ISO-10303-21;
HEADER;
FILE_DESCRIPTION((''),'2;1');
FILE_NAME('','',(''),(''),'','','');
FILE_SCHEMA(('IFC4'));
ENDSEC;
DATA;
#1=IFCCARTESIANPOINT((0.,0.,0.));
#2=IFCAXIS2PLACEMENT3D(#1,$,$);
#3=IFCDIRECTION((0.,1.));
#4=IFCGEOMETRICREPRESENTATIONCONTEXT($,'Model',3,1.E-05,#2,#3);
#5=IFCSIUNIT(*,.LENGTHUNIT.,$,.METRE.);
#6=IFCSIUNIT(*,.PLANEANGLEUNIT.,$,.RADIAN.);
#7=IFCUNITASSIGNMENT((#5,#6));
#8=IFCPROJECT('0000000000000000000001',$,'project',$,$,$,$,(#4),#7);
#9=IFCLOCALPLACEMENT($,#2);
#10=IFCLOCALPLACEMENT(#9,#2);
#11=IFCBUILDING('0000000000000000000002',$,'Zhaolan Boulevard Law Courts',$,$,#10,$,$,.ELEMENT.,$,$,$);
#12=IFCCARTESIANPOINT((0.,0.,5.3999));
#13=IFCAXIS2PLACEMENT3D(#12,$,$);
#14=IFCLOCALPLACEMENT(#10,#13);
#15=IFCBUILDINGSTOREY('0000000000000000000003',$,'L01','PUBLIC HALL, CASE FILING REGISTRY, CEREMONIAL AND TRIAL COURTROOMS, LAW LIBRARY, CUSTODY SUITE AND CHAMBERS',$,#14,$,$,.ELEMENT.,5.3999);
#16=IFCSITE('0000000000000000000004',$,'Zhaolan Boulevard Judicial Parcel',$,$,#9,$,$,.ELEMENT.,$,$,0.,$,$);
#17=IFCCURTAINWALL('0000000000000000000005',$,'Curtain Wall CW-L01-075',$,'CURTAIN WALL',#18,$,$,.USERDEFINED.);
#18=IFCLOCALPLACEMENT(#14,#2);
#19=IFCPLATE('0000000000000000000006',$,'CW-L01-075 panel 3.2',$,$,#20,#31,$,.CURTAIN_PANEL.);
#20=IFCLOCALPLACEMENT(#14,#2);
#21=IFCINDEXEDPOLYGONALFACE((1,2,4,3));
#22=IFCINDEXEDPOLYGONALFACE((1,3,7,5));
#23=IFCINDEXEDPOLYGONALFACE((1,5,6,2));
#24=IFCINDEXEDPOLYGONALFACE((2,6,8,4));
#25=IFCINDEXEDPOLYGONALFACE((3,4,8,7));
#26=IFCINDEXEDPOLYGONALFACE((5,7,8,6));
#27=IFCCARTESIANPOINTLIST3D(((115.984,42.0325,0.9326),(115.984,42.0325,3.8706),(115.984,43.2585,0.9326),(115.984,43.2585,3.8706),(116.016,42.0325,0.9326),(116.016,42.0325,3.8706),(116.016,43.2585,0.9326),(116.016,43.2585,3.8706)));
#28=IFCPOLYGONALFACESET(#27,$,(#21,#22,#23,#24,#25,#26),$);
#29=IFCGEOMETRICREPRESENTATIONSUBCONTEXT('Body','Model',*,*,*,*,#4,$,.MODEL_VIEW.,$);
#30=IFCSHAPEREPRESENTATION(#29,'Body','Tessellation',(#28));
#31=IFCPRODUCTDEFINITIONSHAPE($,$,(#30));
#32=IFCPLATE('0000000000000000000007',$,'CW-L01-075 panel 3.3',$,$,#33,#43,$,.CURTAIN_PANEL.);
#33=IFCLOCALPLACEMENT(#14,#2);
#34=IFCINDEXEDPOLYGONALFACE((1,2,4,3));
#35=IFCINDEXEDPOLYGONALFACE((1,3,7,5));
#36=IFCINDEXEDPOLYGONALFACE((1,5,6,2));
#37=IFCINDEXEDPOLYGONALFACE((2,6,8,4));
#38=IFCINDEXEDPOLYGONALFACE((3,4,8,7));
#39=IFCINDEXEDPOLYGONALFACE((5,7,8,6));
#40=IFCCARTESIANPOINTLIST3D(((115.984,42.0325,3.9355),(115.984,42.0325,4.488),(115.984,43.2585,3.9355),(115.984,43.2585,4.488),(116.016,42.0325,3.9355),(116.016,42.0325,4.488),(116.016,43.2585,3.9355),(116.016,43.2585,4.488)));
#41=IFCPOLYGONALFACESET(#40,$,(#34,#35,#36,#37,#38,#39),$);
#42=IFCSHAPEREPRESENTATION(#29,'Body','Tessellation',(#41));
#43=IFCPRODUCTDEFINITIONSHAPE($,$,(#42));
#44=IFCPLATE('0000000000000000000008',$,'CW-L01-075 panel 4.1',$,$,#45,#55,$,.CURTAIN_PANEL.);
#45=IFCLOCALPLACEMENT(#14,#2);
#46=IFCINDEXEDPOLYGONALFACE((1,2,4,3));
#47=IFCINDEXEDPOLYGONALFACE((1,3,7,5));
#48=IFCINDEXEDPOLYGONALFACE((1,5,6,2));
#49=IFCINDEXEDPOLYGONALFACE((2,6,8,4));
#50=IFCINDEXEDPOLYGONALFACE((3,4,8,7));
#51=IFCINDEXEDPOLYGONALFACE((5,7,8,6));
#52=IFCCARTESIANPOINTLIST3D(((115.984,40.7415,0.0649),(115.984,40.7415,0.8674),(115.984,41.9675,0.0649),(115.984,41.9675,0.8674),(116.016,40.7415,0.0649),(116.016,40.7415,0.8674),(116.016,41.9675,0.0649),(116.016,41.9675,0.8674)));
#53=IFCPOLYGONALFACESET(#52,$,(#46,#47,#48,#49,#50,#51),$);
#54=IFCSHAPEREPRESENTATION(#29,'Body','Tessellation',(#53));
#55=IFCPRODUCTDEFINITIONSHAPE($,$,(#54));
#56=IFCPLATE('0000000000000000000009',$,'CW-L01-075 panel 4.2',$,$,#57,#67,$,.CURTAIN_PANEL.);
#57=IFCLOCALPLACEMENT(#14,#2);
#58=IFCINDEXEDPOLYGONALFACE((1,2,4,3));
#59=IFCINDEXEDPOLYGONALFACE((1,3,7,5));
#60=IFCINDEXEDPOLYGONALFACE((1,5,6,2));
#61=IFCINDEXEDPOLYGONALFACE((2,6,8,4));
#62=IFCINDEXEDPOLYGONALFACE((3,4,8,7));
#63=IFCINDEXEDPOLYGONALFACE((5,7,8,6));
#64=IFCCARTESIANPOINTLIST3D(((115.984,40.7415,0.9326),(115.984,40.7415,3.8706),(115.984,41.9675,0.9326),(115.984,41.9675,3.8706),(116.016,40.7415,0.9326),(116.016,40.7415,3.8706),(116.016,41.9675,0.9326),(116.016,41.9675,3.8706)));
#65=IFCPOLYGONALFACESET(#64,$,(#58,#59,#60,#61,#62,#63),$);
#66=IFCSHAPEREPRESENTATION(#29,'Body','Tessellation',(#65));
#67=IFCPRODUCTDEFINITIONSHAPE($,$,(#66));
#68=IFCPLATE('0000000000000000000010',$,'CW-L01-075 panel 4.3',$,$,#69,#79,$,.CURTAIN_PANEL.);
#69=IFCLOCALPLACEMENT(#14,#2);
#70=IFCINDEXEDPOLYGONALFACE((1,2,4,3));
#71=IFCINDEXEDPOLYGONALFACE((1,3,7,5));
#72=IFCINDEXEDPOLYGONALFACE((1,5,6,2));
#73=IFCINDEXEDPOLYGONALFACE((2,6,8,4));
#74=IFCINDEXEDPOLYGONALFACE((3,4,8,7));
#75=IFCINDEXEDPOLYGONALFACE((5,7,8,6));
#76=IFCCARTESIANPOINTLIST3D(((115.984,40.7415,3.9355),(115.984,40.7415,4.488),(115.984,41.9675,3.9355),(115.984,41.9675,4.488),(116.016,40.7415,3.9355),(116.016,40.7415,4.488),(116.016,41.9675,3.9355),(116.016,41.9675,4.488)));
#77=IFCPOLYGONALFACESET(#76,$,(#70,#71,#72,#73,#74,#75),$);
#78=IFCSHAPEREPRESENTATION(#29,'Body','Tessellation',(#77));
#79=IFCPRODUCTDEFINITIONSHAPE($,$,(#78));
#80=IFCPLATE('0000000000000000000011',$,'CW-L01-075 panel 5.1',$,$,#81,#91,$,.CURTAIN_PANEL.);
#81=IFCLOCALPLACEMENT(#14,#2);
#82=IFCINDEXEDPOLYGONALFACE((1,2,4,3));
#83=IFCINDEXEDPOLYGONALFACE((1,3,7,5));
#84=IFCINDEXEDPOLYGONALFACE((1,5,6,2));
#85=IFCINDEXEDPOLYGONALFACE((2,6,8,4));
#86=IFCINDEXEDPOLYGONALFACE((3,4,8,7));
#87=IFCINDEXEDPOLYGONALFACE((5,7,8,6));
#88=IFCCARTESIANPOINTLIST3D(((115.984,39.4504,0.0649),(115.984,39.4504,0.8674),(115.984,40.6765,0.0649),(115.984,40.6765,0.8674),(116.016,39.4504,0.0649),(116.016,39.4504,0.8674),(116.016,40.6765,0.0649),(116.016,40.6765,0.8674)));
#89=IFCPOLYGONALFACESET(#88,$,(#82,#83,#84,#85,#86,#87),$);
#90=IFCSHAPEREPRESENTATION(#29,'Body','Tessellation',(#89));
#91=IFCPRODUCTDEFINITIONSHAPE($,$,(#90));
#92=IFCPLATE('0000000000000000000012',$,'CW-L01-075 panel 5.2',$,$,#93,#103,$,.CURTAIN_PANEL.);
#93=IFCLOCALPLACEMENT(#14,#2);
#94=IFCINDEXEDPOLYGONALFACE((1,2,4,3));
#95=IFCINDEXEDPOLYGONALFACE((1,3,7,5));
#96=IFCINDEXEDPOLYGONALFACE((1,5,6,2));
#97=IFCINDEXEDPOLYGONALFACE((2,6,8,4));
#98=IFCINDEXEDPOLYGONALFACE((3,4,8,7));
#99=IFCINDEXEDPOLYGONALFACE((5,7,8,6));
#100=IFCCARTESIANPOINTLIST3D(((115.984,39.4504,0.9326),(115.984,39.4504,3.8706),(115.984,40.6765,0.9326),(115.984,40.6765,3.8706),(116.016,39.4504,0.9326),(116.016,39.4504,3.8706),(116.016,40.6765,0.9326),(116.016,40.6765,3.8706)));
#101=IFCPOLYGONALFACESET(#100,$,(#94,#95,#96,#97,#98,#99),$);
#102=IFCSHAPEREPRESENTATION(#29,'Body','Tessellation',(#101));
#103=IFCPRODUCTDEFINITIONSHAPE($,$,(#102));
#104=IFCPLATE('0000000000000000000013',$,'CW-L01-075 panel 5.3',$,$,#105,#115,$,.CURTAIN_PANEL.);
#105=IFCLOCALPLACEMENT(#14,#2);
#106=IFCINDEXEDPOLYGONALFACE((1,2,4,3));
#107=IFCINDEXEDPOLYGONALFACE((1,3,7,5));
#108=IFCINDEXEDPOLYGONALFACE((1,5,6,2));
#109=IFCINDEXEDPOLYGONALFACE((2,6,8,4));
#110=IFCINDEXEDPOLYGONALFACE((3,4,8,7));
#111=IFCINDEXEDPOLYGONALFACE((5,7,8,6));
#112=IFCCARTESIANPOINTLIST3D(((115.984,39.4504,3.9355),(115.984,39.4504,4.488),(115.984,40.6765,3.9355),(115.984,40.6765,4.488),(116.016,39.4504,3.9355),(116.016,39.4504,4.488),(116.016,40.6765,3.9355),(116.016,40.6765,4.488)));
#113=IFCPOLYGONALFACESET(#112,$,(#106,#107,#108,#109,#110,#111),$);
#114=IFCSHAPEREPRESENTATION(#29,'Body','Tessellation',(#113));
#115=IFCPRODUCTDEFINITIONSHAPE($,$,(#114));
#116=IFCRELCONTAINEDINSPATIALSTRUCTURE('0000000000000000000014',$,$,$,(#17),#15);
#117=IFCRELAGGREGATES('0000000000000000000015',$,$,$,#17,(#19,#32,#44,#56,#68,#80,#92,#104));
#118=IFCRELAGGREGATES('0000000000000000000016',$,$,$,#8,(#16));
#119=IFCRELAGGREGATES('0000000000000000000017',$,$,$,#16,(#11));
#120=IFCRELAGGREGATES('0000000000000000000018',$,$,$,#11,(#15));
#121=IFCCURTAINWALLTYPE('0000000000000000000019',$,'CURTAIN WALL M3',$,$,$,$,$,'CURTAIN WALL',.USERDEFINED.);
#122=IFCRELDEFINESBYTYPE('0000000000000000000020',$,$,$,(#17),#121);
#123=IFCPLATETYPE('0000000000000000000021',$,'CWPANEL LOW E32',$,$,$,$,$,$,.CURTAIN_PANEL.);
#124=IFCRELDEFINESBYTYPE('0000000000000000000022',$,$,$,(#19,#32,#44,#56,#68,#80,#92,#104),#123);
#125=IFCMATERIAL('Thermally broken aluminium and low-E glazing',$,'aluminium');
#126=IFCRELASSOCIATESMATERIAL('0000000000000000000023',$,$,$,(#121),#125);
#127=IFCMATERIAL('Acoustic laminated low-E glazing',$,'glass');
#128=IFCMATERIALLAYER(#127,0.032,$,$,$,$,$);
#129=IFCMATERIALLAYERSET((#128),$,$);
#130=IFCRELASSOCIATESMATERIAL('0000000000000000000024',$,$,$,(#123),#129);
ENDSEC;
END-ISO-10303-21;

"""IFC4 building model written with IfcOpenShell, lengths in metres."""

from ifc_helpers import new_model, si_unit, direction, frame, origin, origin_2d, place, context, subcontext, project, spatial, rectangle, extrude, material, layer, layer_set, type_object, element, aggregate, save


model = new_model("IFC4")

# Units and contexts
model_context = context("Model", 3, precision=1e-05, world=origin(), true_north=direction((0.0, 1.0)))
body_context = subcontext(model_context, "Body", "Model", "MODEL_VIEW")
ifc_project = project(units=[si_unit("LENGTHUNIT", "METRE"), si_unit("PLANEANGLEUNIT", "RADIAN")], contexts=[model_context])

# Site, building, storey
site_placement = place(None, origin())
site = spatial("IfcSite", under=ifc_project, at=site_placement, Name="Zhaolan Boulevard Judicial Parcel", CompositionType="ELEMENT", RefElevation=0.0)
building_placement = place(site_placement, origin())
building = spatial("IfcBuilding", under=site, at=building_placement, Name="Zhaolan Boulevard Law Courts", CompositionType="ELEMENT")
storey_placement = place(building_placement, frame((0.0, 0.0, 5.3999)))
storey = spatial("IfcBuildingStorey", under=building, at=storey_placement, Name="L01", Description="PUBLIC HALL, CASE FILING REGISTRY, CEREMONIAL AND TRIAL COURTROOMS, LAW LIBRARY, CUSTODY SUITE AND CHAMBERS", CompositionType="ELEMENT", Elevation=5.3999)

# Curtain wall, plates
ifc_material_1 = material(Name="Thermally broken aluminium and low-E glazing", Category="aluminium")
curtain_wall_type = type_object("IfcCurtainWallType", Name="CURTAIN WALL M3", ElementType="CURTAIN WALL", PredefinedType="USERDEFINED", material=ifc_material_1)
curtain_wall_placement = place(storey_placement, origin())
curtain_wall = element("IfcCurtainWall", 1, at=curtain_wall_placement, inside=storey, type_object=curtain_wall_type, Name="Curtain Wall CW-L01-075", ObjectType="CURTAIN WALL", PredefinedType="USERDEFINED")
ifc_material_2 = material(Name="Acoustic laminated low-E glazing", Category="glass")
ifc_layer = layer(ifc_material_2, 0.032)
ifc_layer_set = layer_set([ifc_layer])
plate_type = type_object("IfcPlateType", Name="CWPANEL LOW E32", PredefinedType="CURTAIN_PANEL", material=ifc_layer_set)
plate_1_placement = place(storey_placement, frame((116.0, 42.6455, 0.9326), z_axis=(0.0, 0.0, 1.0), x_axis=(0.0, -1.0, 0.0)))
plate_1 = element("IfcPlate", 2, at=plate_1_placement, type_object=plate_type, Name="CW-L01-075 panel 3.2", PredefinedType="CURTAIN_PANEL", context=body_context, shape_type="SweptSolid", body=[
    extrude(rectangle(XDim=1.2261, YDim=0.032, at=origin_2d()), origin(), (0.0, 0.0, 1.0), 2.938),
])
plate_2_placement = place(storey_placement, frame((116.0, 42.6455, 3.9355), z_axis=(0.0, 0.0, 1.0), x_axis=(0.0, -1.0, 0.0)))
plate_2 = element("IfcPlate", 3, at=plate_2_placement, type_object=plate_type, Name="CW-L01-075 panel 3.3", PredefinedType="CURTAIN_PANEL", context=body_context, shape_type="SweptSolid", body=[
    extrude(rectangle(XDim=1.2261, YDim=0.032, at=origin_2d()), origin(), (0.0, 0.0, 1.0), 0.5525),
])
plate_3_placement = place(storey_placement, frame((116.0, 41.3545, 0.0649), z_axis=(0.0, 0.0, 1.0), x_axis=(0.0, -1.0, 0.0)))
plate_3 = element("IfcPlate", 4, at=plate_3_placement, type_object=plate_type, Name="CW-L01-075 panel 4.1", PredefinedType="CURTAIN_PANEL", context=body_context, shape_type="SweptSolid", body=[
    extrude(rectangle(XDim=1.2261, YDim=0.032, at=origin_2d()), origin(), (0.0, 0.0, 1.0), 0.8025),
])
plate_4_placement = place(storey_placement, frame((116.0, 41.3545, 0.9326), z_axis=(0.0, 0.0, 1.0), x_axis=(0.0, -1.0, 0.0)))
plate_4 = element("IfcPlate", 5, at=plate_4_placement, type_object=plate_type, Name="CW-L01-075 panel 4.2", PredefinedType="CURTAIN_PANEL", context=body_context, shape_type="SweptSolid", body=[
    extrude(rectangle(XDim=1.2261, YDim=0.032, at=origin_2d()), origin(), (0.0, 0.0, 1.0), 2.938),
])
plate_5_placement = place(storey_placement, frame((116.0, 41.3545, 3.9355), z_axis=(0.0, 0.0, 1.0), x_axis=(0.0, -1.0, 0.0)))
plate_5 = element("IfcPlate", 6, at=plate_5_placement, type_object=plate_type, Name="CW-L01-075 panel 4.3", PredefinedType="CURTAIN_PANEL", context=body_context, shape_type="SweptSolid", body=[
    extrude(rectangle(XDim=1.2261, YDim=0.032, at=origin_2d()), origin(), (0.0, 0.0, 1.0), 0.5525),
])
plate_6_placement = place(storey_placement, frame((116.0, 40.0635, 0.0649), z_axis=(0.0, 0.0, 1.0), x_axis=(0.0, -1.0, 0.0)))
plate_6 = element("IfcPlate", 7, at=plate_6_placement, type_object=plate_type, Name="CW-L01-075 panel 5.1", PredefinedType="CURTAIN_PANEL", context=body_context, shape_type="SweptSolid", body=[
    extrude(rectangle(XDim=1.2261, YDim=0.032, at=origin_2d()), origin(), (0.0, 0.0, 1.0), 0.8025),
])
plate_7_placement = place(storey_placement, frame((116.0, 40.0635, 0.9326), z_axis=(0.0, 0.0, 1.0), x_axis=(0.0, -1.0, 0.0)))
plate_7 = element("IfcPlate", 8, at=plate_7_placement, type_object=plate_type, Name="CW-L01-075 panel 5.2", PredefinedType="CURTAIN_PANEL", context=body_context, shape_type="SweptSolid", body=[
    extrude(rectangle(XDim=1.2261, YDim=0.032, at=origin_2d()), origin(), (0.0, 0.0, 1.0), 2.938),
])
plate_8_placement = place(storey_placement, frame((116.0, 40.0635, 3.9355), z_axis=(0.0, 0.0, 1.0), x_axis=(0.0, -1.0, 0.0)))
plate_8 = element("IfcPlate", 9, at=plate_8_placement, type_object=plate_type, Name="CW-L01-075 panel 5.3", PredefinedType="CURTAIN_PANEL", context=body_context, shape_type="SweptSolid", body=[
    extrude(rectangle(XDim=1.2261, YDim=0.032, at=origin_2d()), origin(), (0.0, 0.0, 1.0), 0.5525),
])
aggregate(curtain_wall, [plate_1, plate_2, plate_3, plate_4, plate_5, plate_6, plate_7, plate_8])

save(model, "model.ifc")
